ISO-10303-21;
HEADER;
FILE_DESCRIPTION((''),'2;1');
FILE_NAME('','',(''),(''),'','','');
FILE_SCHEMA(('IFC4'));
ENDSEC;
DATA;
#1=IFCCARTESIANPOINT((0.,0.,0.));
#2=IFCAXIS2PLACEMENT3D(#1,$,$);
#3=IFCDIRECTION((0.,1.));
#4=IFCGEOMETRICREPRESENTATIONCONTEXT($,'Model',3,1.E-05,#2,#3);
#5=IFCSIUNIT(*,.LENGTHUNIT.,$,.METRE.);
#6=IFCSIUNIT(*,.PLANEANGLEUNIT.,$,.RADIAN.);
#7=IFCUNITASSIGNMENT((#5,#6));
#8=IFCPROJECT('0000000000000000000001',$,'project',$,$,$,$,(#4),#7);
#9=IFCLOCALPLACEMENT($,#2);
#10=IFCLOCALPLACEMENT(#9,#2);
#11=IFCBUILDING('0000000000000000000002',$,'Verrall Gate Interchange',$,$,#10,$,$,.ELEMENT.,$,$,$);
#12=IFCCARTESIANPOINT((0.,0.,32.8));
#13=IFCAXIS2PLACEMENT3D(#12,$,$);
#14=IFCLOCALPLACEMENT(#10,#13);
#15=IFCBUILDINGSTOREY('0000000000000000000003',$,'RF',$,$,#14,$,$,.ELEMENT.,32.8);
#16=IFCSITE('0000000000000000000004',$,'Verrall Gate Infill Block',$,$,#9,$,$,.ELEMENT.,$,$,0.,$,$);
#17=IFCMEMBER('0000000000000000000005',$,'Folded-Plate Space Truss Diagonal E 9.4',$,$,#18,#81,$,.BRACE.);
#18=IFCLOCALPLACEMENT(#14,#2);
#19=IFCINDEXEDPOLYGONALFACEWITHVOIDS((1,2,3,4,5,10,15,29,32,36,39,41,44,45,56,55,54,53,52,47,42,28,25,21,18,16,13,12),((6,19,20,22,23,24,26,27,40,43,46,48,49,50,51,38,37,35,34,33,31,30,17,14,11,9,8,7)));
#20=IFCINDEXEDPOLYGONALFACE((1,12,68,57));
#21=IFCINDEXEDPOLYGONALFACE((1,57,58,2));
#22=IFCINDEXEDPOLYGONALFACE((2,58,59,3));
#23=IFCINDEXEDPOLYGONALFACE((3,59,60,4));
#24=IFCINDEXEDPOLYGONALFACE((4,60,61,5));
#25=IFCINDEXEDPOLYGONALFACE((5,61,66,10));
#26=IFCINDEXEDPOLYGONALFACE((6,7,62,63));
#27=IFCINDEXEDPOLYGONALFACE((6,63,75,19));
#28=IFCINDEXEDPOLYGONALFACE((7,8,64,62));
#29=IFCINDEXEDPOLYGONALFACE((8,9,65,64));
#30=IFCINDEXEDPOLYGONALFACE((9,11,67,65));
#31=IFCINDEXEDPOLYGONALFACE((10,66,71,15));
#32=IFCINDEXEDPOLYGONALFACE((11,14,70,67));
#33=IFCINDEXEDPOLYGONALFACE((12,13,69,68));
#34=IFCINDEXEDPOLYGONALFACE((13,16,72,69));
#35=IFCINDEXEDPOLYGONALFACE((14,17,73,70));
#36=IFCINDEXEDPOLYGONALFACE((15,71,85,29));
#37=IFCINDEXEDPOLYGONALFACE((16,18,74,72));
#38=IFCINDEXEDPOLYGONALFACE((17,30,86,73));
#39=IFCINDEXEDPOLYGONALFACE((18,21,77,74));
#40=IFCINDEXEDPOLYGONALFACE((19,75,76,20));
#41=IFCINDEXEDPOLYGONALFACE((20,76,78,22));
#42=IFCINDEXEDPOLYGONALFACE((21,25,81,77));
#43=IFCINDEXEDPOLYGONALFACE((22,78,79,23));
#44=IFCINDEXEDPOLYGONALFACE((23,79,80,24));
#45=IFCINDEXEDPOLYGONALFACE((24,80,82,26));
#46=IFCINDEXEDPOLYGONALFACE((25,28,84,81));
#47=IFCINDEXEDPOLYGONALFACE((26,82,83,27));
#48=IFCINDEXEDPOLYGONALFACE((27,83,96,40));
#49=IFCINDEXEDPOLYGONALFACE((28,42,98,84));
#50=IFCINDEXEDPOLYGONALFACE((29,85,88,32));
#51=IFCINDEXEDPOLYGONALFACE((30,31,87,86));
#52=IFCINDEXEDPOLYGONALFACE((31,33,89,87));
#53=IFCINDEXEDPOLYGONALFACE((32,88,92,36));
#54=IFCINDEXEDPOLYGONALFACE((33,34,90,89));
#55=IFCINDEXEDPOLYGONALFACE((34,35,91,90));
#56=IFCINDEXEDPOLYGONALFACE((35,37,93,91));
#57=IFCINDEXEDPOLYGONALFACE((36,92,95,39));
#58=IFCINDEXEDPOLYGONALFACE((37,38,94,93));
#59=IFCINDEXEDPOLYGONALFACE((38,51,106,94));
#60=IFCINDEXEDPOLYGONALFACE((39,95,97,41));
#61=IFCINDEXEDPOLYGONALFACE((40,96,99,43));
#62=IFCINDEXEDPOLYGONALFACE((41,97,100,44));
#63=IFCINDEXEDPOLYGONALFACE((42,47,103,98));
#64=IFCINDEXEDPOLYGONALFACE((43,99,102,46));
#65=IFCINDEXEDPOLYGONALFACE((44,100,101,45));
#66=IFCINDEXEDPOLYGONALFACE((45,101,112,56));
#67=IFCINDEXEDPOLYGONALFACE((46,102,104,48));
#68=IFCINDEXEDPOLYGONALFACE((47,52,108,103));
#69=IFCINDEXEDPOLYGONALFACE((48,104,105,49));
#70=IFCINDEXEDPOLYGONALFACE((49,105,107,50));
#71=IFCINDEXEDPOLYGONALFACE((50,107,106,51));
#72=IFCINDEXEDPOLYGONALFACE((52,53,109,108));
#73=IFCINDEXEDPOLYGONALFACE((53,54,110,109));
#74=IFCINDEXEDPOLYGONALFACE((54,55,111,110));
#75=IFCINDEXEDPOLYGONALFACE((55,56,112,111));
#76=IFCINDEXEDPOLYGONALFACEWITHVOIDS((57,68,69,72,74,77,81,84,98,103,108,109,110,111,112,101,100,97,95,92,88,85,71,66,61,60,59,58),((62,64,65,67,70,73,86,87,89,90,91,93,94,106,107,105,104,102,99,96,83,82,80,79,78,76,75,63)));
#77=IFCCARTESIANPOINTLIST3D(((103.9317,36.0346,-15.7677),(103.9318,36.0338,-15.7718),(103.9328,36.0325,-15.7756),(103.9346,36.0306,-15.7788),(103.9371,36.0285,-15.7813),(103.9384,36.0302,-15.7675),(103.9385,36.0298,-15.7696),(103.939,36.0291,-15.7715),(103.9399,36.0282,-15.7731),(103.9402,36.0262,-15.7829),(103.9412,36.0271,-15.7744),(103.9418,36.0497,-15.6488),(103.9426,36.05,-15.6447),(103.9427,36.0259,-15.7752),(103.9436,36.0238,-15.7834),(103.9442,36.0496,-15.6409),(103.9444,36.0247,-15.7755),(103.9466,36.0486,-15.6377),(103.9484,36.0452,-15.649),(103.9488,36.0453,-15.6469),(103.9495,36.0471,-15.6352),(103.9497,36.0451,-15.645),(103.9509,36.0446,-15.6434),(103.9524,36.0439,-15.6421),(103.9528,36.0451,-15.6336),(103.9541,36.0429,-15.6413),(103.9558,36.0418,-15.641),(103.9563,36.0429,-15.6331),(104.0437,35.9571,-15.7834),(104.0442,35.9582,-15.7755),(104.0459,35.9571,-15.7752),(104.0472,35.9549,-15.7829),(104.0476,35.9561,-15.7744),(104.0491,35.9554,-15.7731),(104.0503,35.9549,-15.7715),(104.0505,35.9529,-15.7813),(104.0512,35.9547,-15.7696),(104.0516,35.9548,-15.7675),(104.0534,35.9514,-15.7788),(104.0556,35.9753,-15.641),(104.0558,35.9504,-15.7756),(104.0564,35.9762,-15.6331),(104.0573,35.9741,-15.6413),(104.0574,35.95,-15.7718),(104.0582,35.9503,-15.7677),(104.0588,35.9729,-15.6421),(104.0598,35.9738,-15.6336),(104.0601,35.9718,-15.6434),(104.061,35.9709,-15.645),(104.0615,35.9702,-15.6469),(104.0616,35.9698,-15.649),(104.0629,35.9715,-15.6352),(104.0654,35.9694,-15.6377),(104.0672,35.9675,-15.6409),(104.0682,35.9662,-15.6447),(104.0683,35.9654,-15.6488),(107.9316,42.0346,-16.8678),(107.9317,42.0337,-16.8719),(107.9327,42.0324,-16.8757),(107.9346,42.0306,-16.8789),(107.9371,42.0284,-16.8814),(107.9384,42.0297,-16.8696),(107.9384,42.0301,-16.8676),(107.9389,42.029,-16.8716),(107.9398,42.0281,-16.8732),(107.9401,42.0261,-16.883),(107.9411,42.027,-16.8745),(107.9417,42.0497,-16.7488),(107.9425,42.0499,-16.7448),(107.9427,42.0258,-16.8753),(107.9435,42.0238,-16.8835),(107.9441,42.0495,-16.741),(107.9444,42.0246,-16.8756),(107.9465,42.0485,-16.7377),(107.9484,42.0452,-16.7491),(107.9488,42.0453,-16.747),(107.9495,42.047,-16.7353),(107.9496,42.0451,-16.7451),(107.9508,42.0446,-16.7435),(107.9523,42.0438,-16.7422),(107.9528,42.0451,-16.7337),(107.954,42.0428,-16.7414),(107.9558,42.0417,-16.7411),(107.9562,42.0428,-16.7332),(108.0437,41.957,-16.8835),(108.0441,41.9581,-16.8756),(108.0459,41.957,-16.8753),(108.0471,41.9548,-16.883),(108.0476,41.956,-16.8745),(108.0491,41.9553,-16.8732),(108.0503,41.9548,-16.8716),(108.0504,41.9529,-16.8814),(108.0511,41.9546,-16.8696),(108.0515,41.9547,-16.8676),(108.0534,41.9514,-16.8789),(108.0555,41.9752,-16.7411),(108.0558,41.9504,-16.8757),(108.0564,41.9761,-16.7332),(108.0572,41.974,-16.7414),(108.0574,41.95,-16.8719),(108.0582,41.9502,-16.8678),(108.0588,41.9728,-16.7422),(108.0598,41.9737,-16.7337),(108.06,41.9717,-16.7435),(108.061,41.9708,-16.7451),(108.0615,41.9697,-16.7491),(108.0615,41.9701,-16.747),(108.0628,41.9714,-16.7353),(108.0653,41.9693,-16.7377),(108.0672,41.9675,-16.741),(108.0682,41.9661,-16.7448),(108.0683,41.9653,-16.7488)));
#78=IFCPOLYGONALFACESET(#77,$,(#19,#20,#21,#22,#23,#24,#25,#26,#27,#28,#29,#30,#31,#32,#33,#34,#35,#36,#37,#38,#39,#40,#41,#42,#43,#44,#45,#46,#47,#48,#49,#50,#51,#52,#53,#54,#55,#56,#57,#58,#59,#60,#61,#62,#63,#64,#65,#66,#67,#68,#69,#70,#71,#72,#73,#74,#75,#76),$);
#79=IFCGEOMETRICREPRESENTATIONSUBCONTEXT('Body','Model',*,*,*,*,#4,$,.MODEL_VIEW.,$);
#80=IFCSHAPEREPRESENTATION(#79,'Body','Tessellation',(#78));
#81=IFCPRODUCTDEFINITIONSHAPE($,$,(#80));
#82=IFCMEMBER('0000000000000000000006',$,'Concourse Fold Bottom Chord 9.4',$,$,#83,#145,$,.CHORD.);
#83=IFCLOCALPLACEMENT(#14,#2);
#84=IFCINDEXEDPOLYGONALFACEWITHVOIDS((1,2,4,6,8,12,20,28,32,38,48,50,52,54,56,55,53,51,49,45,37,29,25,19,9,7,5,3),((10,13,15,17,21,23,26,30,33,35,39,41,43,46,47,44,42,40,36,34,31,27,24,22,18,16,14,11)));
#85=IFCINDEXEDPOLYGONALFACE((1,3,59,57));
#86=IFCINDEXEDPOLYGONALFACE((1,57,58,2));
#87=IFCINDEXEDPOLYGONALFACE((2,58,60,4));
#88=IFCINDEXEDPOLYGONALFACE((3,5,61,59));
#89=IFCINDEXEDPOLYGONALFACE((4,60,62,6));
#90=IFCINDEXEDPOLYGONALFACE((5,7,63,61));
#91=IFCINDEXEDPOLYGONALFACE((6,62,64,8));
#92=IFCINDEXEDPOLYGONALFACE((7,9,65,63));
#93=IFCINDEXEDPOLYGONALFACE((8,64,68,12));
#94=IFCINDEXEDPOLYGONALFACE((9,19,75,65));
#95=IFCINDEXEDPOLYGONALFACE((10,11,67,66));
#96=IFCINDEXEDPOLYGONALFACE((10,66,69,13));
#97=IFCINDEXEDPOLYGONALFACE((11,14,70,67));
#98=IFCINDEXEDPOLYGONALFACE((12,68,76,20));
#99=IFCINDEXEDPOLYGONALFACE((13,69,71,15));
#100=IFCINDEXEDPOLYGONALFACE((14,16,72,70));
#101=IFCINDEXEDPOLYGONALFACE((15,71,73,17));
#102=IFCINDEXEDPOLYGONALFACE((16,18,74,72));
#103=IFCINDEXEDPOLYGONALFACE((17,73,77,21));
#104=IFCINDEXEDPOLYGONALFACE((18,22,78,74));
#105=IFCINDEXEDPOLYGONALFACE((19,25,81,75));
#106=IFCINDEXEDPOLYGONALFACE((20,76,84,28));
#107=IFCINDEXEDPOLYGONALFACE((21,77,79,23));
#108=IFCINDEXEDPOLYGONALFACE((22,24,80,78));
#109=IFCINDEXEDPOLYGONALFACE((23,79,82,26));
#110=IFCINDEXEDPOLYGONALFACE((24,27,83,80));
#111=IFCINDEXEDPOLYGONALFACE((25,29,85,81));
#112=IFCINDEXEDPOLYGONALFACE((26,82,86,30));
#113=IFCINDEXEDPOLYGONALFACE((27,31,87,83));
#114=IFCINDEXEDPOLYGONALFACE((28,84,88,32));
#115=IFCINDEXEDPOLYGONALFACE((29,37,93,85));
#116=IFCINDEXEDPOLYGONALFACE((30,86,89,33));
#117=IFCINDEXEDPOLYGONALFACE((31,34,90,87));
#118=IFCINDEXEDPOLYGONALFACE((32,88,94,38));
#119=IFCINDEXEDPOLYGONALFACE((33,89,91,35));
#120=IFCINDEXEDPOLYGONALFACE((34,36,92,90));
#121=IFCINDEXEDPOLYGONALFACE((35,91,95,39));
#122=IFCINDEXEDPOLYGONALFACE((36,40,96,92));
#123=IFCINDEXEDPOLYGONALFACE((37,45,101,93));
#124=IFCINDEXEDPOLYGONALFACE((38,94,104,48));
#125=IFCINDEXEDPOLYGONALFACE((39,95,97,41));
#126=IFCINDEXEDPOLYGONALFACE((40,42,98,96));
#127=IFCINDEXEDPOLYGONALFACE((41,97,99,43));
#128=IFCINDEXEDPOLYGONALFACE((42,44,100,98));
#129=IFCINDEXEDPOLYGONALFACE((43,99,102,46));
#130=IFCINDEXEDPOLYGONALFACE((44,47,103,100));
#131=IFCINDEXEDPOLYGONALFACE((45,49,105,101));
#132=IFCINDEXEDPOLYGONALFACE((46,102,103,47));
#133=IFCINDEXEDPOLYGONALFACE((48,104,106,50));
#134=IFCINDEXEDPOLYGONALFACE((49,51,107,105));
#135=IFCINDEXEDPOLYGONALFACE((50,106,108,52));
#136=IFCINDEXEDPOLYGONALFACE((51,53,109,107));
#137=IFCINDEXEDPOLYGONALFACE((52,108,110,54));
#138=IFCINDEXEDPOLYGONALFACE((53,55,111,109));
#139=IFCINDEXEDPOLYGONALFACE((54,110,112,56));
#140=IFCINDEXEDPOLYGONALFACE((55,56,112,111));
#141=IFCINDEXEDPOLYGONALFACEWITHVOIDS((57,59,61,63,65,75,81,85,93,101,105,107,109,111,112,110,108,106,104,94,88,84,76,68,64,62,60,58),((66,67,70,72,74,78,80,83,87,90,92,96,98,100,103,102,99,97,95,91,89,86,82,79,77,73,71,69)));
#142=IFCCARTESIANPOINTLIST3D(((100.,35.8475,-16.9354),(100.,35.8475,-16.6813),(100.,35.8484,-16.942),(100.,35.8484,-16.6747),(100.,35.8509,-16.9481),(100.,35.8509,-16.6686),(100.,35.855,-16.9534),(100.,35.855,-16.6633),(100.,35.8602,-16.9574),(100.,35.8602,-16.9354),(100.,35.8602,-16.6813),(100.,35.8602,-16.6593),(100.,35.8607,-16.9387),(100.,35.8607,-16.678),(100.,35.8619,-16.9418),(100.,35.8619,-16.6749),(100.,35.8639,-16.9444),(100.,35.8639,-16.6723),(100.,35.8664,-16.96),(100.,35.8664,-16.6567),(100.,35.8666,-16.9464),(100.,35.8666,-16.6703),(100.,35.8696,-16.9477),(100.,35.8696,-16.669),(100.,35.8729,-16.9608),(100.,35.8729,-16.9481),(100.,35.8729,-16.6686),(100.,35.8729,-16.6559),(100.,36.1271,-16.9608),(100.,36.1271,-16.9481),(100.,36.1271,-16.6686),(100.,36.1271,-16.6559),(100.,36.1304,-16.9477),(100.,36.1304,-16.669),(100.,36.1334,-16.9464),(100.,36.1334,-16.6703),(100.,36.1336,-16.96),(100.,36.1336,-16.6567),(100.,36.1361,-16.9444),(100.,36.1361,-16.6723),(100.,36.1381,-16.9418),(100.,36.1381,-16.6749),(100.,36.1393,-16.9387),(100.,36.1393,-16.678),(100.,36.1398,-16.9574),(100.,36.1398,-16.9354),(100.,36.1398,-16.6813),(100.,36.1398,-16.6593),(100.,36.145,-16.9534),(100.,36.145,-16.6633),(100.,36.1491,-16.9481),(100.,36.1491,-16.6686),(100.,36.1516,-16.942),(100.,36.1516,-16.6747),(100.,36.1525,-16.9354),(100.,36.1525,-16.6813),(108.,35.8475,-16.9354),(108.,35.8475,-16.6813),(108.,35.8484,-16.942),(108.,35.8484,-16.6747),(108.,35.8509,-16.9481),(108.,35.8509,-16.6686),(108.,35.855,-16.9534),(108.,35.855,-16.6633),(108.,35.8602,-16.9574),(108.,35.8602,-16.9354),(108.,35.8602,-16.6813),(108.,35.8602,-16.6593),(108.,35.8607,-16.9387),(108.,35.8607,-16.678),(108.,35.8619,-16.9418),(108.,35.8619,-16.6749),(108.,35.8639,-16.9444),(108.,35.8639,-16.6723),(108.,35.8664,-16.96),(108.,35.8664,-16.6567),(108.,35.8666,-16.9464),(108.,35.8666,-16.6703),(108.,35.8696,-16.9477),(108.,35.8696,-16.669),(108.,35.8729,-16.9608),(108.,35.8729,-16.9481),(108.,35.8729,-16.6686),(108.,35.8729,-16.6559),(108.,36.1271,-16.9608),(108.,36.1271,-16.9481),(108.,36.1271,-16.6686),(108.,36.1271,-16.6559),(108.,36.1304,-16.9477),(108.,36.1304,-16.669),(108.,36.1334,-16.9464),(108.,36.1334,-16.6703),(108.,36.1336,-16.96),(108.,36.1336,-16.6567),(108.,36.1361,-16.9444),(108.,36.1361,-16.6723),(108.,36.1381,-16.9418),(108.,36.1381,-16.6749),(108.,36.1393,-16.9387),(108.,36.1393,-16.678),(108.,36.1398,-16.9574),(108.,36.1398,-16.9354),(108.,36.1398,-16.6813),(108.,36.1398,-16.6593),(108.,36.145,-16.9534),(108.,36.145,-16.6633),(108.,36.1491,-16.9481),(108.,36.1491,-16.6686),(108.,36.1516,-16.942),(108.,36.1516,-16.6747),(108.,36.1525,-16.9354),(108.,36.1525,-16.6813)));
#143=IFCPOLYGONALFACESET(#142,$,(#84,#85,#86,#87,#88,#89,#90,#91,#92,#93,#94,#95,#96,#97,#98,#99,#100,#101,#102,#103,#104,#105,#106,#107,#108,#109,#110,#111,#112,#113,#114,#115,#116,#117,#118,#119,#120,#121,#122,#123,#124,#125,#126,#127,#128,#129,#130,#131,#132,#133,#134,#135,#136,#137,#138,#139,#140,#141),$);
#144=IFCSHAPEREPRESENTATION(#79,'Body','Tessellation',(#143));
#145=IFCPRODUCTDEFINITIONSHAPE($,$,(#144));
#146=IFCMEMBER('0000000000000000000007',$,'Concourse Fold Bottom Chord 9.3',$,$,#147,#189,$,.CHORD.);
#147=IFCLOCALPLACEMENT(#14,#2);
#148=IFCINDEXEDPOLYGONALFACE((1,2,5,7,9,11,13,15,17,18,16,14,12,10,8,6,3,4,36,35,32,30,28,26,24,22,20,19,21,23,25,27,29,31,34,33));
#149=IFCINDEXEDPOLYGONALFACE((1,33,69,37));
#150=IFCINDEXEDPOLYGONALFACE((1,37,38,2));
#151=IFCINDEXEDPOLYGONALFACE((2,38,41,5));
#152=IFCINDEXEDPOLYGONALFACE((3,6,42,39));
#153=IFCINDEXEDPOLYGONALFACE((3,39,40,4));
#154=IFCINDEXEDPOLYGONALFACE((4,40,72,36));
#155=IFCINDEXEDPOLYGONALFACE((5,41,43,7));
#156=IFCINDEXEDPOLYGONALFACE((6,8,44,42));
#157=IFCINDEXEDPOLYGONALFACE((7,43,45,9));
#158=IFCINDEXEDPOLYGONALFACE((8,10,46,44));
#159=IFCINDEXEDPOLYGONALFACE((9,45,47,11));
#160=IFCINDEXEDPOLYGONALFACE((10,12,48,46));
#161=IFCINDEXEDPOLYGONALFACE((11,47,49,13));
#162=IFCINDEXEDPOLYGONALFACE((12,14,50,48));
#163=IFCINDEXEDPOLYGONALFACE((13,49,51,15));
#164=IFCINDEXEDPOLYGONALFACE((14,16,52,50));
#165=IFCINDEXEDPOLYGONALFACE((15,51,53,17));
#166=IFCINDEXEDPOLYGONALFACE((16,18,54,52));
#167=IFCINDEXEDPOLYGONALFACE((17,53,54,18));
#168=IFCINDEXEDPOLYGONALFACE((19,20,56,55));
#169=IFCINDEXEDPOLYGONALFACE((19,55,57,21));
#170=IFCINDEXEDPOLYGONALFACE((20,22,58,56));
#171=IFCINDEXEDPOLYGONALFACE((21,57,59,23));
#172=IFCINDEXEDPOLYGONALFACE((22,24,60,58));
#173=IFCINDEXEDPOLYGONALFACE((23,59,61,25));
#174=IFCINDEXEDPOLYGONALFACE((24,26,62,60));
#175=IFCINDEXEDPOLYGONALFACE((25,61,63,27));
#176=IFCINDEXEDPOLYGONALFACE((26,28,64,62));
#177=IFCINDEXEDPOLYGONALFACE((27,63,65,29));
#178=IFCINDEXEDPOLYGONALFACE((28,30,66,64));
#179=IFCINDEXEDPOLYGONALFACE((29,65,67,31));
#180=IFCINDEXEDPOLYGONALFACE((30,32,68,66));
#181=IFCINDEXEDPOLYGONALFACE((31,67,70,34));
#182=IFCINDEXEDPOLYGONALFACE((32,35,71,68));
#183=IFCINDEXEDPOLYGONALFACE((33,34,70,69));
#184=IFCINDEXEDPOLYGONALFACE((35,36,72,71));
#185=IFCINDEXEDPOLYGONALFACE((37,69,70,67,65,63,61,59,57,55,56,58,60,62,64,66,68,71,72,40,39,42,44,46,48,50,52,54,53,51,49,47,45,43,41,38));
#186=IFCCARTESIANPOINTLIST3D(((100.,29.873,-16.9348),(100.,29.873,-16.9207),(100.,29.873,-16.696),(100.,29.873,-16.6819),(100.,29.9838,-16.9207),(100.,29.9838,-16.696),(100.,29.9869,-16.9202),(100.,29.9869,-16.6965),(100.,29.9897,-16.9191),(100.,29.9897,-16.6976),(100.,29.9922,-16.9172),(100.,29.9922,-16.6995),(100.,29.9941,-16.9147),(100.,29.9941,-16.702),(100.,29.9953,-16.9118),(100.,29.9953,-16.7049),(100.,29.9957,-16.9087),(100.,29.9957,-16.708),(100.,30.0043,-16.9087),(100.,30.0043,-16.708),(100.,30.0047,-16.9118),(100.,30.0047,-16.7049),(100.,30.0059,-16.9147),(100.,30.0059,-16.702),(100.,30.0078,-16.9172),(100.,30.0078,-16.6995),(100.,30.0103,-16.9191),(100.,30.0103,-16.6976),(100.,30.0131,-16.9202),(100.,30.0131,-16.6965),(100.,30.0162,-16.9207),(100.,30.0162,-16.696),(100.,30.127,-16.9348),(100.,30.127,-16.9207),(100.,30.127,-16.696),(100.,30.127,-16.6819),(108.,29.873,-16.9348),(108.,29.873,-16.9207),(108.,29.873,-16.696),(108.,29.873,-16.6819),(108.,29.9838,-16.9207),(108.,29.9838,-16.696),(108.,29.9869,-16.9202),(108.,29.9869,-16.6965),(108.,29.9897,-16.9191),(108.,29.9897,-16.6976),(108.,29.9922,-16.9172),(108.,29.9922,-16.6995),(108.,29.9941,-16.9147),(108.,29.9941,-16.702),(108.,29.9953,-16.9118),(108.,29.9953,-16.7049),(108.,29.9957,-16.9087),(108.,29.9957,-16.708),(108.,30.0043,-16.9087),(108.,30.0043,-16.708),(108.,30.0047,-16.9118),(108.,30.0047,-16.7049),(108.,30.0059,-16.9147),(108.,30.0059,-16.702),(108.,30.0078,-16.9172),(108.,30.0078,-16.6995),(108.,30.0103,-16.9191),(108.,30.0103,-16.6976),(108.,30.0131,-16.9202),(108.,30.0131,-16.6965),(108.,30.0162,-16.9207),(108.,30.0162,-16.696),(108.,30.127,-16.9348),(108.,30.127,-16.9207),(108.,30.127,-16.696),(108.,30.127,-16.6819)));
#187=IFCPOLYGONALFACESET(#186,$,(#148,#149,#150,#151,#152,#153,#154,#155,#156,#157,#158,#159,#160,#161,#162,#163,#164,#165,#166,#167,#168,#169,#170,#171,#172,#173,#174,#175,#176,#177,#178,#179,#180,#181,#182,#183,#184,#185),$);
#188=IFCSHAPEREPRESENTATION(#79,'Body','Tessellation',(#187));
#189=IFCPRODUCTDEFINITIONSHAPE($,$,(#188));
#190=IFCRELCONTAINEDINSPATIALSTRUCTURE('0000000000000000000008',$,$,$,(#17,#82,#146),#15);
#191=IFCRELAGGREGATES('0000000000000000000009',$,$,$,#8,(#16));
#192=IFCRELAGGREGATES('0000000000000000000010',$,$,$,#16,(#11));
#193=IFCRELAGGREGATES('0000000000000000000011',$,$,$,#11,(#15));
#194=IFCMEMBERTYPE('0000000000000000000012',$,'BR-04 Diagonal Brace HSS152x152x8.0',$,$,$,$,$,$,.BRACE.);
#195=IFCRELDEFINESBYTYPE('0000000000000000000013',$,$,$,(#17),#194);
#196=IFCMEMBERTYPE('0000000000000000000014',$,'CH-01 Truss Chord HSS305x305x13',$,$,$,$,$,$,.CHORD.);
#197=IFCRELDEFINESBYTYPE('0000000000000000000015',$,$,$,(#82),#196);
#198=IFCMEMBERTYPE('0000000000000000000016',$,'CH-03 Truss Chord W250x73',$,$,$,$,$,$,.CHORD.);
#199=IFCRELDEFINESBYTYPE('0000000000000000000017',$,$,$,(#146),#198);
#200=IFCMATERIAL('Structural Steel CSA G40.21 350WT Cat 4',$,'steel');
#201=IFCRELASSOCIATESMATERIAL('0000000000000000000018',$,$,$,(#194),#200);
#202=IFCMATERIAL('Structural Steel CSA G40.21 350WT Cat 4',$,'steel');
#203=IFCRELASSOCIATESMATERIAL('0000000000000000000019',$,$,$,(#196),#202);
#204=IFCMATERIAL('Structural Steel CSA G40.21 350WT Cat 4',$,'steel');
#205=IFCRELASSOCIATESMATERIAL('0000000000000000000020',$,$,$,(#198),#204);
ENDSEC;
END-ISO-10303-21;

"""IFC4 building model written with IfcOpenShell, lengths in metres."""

from ifc_helpers import new_model, si_unit, direction, frame, origin, origin_2d, place, context, subcontext, project, spatial, hollow_rectangle, i_section, extrude, material, material_profile, profile_set, type_object, element, save


model = new_model("IFC4")

# Units and contexts
model_context = context("Model", 3, precision=1e-05, world=origin(), true_north=direction((0.0, 1.0)))
body_context = subcontext(model_context, "Body", "Model", "MODEL_VIEW")
ifc_project = project(units=[si_unit("LENGTHUNIT", "METRE"), si_unit("PLANEANGLEUNIT", "RADIAN")], contexts=[model_context])

# Site, building, storey
site_placement = place(None, origin())
site = spatial("IfcSite", under=ifc_project, at=site_placement, Name="Verrall Gate Infill Block", CompositionType="ELEMENT", RefElevation=0.0)
building_placement = place(site_placement, origin())
building = spatial("IfcBuilding", under=site, at=building_placement, Name="Verrall Gate Interchange", CompositionType="ELEMENT")
storey_placement = place(building_placement, frame((0.0, 0.0, 32.8)))
storey = spatial("IfcBuildingStorey", under=building, at=storey_placement, Name="RF", CompositionType="ELEMENT", Elevation=32.8)

# Members
ifc_material_1 = material(Name="Structural Steel CSA G40.21 350WT Cat 4", Category="steel")
ifc_material_profile_1 = material_profile(ifc_material_1, hollow_rectangle(XDim=0.1521, YDim=0.1521, WallThickness=0.0081, InnerFilletRadius=0.0081, OuterFilletRadius=0.0159, at=origin_2d()), Name="HSS152x152x8.0")
ifc_profile_set_1 = profile_set([ifc_material_profile_1], Name="Structural Steel CSA G40.21 350WT Cat 4")
member_type_1 = type_object("IfcMemberType", Name="BR-04 Diagonal Brace HSS152x152x8.0", PredefinedType="BRACE", material=ifc_profile_set_1)
for number, where, z_axis, x_axis, name in (
    (1, (104.0, 36.0, -15.7083), (0.548356, 0.822534, -0.150811), (-0.83205, 0.5547, 0.0), "Folded-Plate Space Truss Diagonal E 9.4"),
):
    element("IfcMember", number, at=place(storey_placement, frame(where, z_axis=z_axis, x_axis=x_axis)), inside=storey, type_object=member_type_1, Name=name, PredefinedType="BRACE", context=body_context, shape_type="SweptSolid", body=[
        extrude(hollow_rectangle(XDim=0.1521, YDim=0.1521, WallThickness=0.0081, InnerFilletRadius=0.0081, OuterFilletRadius=0.0159, at=origin_2d()), origin(), (0.0, 0.0, 1.0), 7.2944),
    ])
ifc_material_2 = material(Name="Structural Steel CSA G40.21 350WT Cat 4", Category="steel")
ifc_material_profile_2 = material_profile(ifc_material_2, hollow_rectangle(XDim=0.3049, YDim=0.3049, WallThickness=0.0127, InnerFilletRadius=0.0127, OuterFilletRadius=0.0254, at=origin_2d()), Name="HSS305x305x13")
ifc_profile_set_2 = profile_set([ifc_material_profile_2], Name="Structural Steel CSA G40.21 350WT Cat 4")
member_type_2 = type_object("IfcMemberType", Name="CH-01 Truss Chord HSS305x305x13", PredefinedType="CHORD", material=ifc_profile_set_2)
member_1_placement = place(storey_placement, frame((100.0, 36.0, -16.8083), z_axis=(1.0, 0.0, 0.0), x_axis=(0.0, 1.0, 0.0)))
element("IfcMember", 2, at=member_1_placement, inside=storey, type_object=member_type_2, Name="Concourse Fold Bottom Chord 9.4", PredefinedType="CHORD", context=body_context, shape_type="SweptSolid", body=[
    extrude(hollow_rectangle(XDim=0.3049, YDim=0.3049, WallThickness=0.0127, InnerFilletRadius=0.0127, OuterFilletRadius=0.0254, at=origin_2d()), origin(), (0.0, 0.0, 1.0), 8.0),
])
ifc_material_3 = material(Name="Structural Steel CSA G40.21 350WT Cat 4", Category="steel")
ifc_material_profile_3 = material_profile(ifc_material_3, i_section(OverallWidth=0.2539, OverallDepth=0.2529, WebThickness=0.0085, FlangeThickness=0.0142, FilletRadius=0.012, at=origin_2d()), Name="W250x73")
ifc_profile_set_3 = profile_set([ifc_material_profile_3], Name="Structural Steel CSA G40.21 350WT Cat 4")
member_type_3 = type_object("IfcMemberType", Name="CH-03 Truss Chord W250x73", PredefinedType="CHORD", material=ifc_profile_set_3)
member_2_placement = place(storey_placement, frame((100.0, 30.0, -16.8083), z_axis=(1.0, 0.0, 0.0), x_axis=(0.0, 1.0, 0.0)))
element("IfcMember", 3, at=member_2_placement, inside=storey, type_object=member_type_3, Name="Concourse Fold Bottom Chord 9.3", PredefinedType="CHORD", context=body_context, shape_type="SweptSolid", body=[
    extrude(i_section(OverallWidth=0.2539, OverallDepth=0.2529, WebThickness=0.0085, FlangeThickness=0.0142, FilletRadius=0.012, at=origin_2d()), origin(), (0.0, 0.0, 1.0), 8.0),
])

save(model, "model.ifc")
